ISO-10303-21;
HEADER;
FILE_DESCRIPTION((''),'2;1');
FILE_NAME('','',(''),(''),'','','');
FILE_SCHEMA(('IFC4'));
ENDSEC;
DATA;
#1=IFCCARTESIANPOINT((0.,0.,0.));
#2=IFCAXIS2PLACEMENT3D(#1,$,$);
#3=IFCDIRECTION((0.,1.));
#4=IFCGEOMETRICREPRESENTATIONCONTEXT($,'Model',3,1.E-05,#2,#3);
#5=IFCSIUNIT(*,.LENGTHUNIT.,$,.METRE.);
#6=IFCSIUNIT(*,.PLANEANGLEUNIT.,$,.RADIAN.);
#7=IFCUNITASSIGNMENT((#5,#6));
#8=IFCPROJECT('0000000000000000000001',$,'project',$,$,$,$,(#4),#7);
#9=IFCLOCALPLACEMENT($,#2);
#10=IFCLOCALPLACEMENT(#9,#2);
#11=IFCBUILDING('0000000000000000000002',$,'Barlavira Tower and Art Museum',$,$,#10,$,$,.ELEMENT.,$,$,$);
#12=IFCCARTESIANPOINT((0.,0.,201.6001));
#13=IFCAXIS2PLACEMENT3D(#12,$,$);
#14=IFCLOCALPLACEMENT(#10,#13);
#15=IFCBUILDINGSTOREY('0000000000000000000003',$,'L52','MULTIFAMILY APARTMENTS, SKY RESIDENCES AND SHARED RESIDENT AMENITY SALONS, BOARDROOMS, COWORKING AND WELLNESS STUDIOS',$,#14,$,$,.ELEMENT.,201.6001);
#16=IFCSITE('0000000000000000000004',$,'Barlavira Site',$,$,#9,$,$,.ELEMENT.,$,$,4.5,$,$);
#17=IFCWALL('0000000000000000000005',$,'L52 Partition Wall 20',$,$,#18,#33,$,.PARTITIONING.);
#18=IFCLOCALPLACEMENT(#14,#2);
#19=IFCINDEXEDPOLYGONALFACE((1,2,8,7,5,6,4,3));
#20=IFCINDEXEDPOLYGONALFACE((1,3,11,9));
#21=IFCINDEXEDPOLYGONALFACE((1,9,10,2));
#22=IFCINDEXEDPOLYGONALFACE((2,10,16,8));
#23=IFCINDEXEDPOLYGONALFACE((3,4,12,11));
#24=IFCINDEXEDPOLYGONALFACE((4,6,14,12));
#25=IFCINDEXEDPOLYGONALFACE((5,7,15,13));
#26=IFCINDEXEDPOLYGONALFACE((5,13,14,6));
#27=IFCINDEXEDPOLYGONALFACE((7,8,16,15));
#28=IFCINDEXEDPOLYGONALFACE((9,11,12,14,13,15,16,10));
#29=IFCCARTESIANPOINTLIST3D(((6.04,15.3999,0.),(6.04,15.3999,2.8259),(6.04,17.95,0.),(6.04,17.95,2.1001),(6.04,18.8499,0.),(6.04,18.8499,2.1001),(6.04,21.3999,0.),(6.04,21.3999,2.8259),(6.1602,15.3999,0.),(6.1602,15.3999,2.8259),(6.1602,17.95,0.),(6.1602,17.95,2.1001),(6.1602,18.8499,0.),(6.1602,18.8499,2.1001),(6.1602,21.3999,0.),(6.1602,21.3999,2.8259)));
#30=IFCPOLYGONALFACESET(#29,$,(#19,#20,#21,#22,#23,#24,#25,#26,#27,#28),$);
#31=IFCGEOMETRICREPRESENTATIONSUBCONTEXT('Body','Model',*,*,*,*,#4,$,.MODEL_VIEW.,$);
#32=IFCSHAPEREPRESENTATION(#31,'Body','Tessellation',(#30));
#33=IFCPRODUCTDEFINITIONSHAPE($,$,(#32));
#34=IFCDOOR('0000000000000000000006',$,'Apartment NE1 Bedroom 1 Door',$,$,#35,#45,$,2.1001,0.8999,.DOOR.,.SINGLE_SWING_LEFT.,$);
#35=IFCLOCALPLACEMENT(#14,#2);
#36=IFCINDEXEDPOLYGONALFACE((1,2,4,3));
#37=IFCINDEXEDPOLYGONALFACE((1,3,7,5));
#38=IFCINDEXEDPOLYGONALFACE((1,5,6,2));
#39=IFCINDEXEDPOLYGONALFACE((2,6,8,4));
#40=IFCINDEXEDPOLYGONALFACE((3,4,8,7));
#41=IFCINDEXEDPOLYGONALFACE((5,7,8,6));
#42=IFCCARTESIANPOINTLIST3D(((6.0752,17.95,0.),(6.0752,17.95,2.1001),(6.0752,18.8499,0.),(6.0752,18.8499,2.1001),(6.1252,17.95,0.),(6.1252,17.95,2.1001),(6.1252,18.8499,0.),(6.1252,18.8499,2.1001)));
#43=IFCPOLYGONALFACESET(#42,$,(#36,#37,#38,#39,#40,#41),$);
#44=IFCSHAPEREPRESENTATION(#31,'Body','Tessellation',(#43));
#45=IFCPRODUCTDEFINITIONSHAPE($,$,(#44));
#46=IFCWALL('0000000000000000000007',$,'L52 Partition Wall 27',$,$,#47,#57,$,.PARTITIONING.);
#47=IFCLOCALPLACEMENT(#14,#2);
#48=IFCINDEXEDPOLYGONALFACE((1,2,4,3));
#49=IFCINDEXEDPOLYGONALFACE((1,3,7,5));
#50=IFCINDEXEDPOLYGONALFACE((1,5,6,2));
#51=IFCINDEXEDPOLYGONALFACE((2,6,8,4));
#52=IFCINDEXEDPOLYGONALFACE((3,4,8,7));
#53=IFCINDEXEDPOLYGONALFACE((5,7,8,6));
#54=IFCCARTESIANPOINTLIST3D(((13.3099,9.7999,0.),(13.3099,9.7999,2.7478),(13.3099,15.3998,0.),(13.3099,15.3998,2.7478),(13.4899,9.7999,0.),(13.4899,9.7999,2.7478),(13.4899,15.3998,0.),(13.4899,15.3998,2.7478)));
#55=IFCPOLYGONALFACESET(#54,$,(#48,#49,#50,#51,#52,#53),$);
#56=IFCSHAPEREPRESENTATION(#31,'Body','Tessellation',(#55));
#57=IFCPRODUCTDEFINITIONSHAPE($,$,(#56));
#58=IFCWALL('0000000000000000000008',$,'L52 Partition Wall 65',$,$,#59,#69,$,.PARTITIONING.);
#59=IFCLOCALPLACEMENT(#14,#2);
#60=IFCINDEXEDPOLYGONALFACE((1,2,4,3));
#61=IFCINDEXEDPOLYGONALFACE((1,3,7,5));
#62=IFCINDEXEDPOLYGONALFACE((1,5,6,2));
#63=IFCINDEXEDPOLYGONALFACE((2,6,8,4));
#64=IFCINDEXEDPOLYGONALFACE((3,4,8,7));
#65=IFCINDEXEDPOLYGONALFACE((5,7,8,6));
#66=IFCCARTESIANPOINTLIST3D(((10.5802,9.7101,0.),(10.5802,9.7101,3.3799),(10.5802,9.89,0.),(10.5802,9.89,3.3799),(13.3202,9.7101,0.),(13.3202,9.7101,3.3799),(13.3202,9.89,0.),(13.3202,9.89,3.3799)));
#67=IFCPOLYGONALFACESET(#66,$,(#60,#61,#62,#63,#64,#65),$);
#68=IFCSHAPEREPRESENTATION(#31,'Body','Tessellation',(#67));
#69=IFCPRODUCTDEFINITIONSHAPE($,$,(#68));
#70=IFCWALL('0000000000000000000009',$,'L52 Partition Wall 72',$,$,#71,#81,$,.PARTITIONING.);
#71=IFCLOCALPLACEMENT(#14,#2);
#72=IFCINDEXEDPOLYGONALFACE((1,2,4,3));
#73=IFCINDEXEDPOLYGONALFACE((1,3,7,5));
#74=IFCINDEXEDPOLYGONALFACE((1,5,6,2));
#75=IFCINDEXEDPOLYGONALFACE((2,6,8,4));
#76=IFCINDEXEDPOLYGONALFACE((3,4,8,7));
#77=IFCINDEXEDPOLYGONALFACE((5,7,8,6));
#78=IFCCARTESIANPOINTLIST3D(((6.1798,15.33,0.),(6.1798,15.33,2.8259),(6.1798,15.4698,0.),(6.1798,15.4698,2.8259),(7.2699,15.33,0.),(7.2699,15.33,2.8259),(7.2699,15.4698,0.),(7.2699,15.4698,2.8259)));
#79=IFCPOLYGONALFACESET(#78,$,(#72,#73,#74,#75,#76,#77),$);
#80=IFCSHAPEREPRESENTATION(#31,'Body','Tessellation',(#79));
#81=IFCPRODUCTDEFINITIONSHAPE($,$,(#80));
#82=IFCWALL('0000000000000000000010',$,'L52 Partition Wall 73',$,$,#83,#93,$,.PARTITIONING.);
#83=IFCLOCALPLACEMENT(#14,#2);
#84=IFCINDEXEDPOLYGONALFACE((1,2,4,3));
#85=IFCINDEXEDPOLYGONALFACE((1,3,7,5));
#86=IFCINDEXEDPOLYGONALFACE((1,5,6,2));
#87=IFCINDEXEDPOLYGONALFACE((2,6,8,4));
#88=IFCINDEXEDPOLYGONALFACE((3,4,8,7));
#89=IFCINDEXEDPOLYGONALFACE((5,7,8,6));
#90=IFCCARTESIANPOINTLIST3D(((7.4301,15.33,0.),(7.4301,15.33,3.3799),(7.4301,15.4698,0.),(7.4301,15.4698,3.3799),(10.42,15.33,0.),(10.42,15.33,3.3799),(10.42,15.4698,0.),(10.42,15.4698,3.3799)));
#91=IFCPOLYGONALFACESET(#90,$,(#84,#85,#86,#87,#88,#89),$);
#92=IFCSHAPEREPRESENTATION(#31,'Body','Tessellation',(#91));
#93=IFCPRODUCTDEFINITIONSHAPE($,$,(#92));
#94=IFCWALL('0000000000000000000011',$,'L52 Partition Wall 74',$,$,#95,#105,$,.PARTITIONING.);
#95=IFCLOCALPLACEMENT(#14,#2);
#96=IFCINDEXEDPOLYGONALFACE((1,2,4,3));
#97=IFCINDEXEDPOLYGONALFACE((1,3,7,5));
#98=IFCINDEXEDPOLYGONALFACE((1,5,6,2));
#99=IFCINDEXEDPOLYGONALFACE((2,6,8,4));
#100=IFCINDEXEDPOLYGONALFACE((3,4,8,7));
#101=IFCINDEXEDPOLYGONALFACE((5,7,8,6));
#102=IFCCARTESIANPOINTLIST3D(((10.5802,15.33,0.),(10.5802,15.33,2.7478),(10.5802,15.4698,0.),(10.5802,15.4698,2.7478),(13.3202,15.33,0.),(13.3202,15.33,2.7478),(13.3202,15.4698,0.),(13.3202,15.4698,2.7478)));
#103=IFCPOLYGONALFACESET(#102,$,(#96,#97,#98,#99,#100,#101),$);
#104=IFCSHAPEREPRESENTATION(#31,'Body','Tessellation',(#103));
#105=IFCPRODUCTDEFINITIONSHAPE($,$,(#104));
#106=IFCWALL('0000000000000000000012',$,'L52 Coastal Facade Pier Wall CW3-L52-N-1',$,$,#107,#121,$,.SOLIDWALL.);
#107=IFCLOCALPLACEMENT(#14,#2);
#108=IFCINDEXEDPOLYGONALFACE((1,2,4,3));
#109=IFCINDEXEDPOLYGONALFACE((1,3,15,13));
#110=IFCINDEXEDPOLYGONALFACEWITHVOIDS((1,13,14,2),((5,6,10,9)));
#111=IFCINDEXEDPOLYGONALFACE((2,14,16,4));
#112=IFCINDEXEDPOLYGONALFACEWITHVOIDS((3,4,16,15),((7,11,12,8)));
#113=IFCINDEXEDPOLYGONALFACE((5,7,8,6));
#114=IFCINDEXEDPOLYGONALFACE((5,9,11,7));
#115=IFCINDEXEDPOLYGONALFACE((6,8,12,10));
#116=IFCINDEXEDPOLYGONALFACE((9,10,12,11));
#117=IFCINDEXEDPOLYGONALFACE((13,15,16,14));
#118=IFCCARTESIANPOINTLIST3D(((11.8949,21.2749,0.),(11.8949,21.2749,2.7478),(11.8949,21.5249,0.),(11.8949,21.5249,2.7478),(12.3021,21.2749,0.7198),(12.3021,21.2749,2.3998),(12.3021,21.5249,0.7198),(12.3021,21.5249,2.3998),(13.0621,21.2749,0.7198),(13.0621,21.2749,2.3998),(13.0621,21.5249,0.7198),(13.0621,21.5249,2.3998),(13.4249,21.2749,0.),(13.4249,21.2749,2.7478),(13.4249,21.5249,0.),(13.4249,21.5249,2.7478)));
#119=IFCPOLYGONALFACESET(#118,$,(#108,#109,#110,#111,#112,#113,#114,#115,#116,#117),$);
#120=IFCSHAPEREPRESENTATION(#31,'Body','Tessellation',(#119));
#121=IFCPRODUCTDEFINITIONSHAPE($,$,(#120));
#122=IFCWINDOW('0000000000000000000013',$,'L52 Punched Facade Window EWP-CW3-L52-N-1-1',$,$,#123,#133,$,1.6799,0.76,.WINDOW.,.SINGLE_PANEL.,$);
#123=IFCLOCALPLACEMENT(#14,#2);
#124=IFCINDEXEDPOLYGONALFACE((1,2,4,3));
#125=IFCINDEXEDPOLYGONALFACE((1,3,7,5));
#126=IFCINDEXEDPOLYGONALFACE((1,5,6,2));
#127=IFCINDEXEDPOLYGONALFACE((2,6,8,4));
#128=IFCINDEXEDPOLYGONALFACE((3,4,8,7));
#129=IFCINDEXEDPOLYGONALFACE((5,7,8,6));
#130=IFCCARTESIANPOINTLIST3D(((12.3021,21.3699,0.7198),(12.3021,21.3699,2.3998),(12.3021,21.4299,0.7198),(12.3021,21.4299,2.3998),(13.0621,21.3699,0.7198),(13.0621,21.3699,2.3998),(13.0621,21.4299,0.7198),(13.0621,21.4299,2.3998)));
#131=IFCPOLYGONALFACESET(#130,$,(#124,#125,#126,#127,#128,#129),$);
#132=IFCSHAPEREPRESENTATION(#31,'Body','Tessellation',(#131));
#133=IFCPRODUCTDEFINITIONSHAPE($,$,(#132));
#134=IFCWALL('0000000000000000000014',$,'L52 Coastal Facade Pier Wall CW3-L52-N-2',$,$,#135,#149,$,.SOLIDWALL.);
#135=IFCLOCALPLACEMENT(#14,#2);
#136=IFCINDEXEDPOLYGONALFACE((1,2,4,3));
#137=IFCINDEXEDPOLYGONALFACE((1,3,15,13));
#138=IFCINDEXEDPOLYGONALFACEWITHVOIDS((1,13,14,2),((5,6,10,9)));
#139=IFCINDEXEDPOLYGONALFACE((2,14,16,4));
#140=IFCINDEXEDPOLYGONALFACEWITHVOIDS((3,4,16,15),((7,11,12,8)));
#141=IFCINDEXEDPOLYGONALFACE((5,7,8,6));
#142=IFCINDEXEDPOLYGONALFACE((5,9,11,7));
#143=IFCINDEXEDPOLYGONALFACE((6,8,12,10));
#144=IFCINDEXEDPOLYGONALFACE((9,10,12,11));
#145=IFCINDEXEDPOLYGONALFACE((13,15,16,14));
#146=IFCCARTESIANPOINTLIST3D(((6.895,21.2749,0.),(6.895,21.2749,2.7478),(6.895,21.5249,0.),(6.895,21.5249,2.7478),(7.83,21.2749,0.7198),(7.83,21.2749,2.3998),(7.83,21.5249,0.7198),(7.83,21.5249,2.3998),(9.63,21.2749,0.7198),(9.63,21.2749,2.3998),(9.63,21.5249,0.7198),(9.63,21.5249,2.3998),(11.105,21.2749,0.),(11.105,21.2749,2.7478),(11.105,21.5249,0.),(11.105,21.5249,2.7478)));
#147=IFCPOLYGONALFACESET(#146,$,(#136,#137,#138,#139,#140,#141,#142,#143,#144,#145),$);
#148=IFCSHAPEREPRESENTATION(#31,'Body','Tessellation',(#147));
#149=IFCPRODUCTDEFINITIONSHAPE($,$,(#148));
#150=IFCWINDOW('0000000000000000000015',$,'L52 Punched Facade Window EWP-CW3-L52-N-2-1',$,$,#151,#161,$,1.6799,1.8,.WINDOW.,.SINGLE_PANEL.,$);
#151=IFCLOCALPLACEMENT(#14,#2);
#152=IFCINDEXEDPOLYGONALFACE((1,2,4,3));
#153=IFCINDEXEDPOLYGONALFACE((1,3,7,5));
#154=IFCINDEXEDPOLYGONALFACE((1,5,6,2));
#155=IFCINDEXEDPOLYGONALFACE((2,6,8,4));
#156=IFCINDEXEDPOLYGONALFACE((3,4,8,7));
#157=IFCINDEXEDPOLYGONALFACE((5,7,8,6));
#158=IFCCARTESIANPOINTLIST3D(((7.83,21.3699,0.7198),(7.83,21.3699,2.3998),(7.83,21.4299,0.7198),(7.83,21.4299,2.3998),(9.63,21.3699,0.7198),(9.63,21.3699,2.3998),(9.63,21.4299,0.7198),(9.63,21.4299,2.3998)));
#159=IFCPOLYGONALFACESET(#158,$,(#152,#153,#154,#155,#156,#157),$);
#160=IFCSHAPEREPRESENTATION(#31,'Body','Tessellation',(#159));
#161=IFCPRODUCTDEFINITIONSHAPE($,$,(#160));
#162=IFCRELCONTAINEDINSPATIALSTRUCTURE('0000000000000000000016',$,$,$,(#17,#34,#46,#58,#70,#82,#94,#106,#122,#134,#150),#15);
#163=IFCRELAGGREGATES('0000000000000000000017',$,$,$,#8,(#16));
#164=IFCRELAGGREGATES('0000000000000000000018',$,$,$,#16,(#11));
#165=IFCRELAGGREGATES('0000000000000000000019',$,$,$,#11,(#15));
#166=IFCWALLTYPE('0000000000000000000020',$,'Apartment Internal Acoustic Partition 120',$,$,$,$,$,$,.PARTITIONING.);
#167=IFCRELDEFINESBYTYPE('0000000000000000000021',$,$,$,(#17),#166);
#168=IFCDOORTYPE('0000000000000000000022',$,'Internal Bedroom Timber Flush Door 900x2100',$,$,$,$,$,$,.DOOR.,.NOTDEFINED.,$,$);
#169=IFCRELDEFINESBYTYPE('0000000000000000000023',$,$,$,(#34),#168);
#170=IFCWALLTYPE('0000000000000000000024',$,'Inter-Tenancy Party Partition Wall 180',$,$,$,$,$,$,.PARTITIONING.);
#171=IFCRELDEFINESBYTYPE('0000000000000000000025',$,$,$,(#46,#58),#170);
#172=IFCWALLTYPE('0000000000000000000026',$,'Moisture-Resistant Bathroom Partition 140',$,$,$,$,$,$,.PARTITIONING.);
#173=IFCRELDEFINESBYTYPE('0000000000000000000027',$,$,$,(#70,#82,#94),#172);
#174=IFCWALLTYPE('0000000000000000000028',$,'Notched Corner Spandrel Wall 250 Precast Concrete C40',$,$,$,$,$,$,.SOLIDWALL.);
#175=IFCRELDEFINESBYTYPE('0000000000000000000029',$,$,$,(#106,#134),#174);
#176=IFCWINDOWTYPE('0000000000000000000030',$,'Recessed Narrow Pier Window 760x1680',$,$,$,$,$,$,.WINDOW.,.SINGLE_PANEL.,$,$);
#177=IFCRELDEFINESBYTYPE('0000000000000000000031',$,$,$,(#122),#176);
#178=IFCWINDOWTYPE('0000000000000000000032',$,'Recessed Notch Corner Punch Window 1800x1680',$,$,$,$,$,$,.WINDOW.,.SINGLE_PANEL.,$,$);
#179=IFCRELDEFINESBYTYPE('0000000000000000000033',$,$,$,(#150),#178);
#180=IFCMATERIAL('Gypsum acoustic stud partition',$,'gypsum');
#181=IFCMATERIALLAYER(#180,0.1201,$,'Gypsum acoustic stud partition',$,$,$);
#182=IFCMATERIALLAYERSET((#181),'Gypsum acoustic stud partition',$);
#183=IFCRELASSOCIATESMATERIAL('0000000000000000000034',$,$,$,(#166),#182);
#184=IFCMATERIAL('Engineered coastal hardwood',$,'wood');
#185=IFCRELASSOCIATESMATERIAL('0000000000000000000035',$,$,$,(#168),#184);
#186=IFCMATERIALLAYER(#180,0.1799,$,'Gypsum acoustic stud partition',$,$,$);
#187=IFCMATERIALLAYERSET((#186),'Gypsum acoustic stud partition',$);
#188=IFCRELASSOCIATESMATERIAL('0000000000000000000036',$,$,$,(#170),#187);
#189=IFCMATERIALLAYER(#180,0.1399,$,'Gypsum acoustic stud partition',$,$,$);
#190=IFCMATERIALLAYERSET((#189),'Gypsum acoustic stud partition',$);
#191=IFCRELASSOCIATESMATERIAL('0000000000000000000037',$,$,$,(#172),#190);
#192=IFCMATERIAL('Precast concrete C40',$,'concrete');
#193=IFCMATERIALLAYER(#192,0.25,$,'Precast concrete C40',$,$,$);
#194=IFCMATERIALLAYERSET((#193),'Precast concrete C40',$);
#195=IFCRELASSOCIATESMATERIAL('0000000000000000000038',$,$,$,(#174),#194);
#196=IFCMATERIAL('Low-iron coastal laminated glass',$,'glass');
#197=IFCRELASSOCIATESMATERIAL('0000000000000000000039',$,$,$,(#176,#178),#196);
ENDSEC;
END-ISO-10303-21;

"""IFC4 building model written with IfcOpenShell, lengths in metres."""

from ifc_helpers import new_model, si_unit, direction, frame, frame_2d, origin, place, context, subcontext, project, spatial, rectangle, extrude, material, layer, layer_set, type_object, element, fill, save


model = new_model("IFC4")

# Units and contexts
model_context = context("Model", 3, precision=1e-05, world=origin(), true_north=direction((0.0, 1.0)))
body_context = subcontext(model_context, "Body", "Model", "MODEL_VIEW")
ifc_project = project(units=[si_unit("LENGTHUNIT", "METRE"), si_unit("PLANEANGLEUNIT", "RADIAN")], contexts=[model_context])

# Site, building, storey
site_placement = place(None, origin())
site = spatial("IfcSite", under=ifc_project, at=site_placement, Name="Barlavira Site", CompositionType="ELEMENT", RefElevation=4.5)
building_placement = place(site_placement, origin())
building = spatial("IfcBuilding", under=site, at=building_placement, Name="Barlavira Tower and Art Museum", CompositionType="ELEMENT")
storey_placement = place(building_placement, frame((0.0, 0.0, 201.6001)))
storey = spatial("IfcBuildingStorey", under=building, at=storey_placement, Name="L52", Description="MULTIFAMILY APARTMENTS, SKY RESIDENCES AND SHARED RESIDENT AMENITY SALONS, BOARDROOMS, COWORKING AND WELLNESS STUDIOS", CompositionType="ELEMENT", Elevation=201.6001)

# Wall, opening, door
ifc_material_1 = material(Name="Gypsum acoustic stud partition", Category="gypsum")
ifc_layer_1 = layer(ifc_material_1, 0.1201, Name="Gypsum acoustic stud partition")
ifc_layer_set_1 = layer_set([ifc_layer_1], Name="Gypsum acoustic stud partition")
wall_type_1 = type_object("IfcWallType", Name="Apartment Internal Acoustic Partition 120", PredefinedType="PARTITIONING", material=ifc_layer_set_1)
wall_1_placement = place(storey_placement, frame((6.1001, 15.3999, 0.0), z_axis=(0.0, 0.0, 1.0), x_axis=(0.0, 1.0, 0.0)))
wall_1 = element("IfcWall", 1, at=wall_1_placement, inside=storey, type_object=wall_type_1, Name="L52 Partition Wall 20", PredefinedType="PARTITIONING", context=body_context, shape_type="SweptSolid", body=[
    extrude(rectangle(XDim=6.0, YDim=0.1201, at=frame_2d((3.0, 0.0))), origin(), (0.0, 0.0, 1.0), 2.8259),
])
opening_1_placement = place(wall_1_placement, frame((2.55, 0.0, 0.0)))
opening_1 = element("IfcOpeningElement", 2, at=opening_1_placement, cuts=wall_1, PredefinedType="OPENING", context=body_context, shape_type="SweptSolid", body=[
    extrude(rectangle(XDim=0.8999, YDim=2.1001, at=frame_2d((0.45, 1.05))), frame((0.0, 0.0701, 0.0), z_axis=(0.0, -1.0, 0.0), x_axis=(1.0, 0.0, 0.0)), (0.0, 0.0, 1.0), 0.1401),
])
ifc_material_2 = material(Name="Engineered coastal hardwood", Category="wood")
door_type = type_object("IfcDoorType", Name="Internal Bedroom Timber Flush Door 900x2100", OperationType="NOTDEFINED", PredefinedType="DOOR", material=ifc_material_2)
door_placement = place(opening_1_placement, origin())
door = element("IfcDoor", 3, at=door_placement, inside=storey, type_object=door_type, Name="Apartment NE1 Bedroom 1 Door", OperationType="SINGLE_SWING_LEFT", OverallHeight=2.1001, OverallWidth=0.8999, PredefinedType="DOOR", context=body_context, shape_type="SweptSolid", body=[
    extrude(rectangle(XDim=0.8999, YDim=2.1001, at=frame_2d((0.45, 1.05))), frame((0.0, 0.0249, 0.0), z_axis=(0.0, -1.0, 0.0), x_axis=(1.0, 0.0, 0.0)), (0.0, 0.0, 1.0), 0.05),
])
fill(opening_1, door)

# Walls
ifc_layer_2 = layer(ifc_material_1, 0.1799, Name="Gypsum acoustic stud partition")
ifc_layer_set_2 = layer_set([ifc_layer_2], Name="Gypsum acoustic stud partition")
wall_type_2 = type_object("IfcWallType", Name="Inter-Tenancy Party Partition Wall 180", PredefinedType="PARTITIONING", material=ifc_layer_set_2)
wall_2_placement = place(storey_placement, frame((13.3999, 9.8, 0.0), z_axis=(0.0, 0.0, 1.0), x_axis=(0.0, 1.0, 0.0)))
element("IfcWall", 4, at=wall_2_placement, inside=storey, type_object=wall_type_2, Name="L52 Partition Wall 27", PredefinedType="PARTITIONING", context=body_context, shape_type="SweptSolid", body=[
    extrude(rectangle(XDim=5.5999, YDim=0.1799, at=frame_2d((2.7998, 0.0))), origin(), (0.0, 0.0, 1.0), 2.7478),
])
wall_3_placement = place(storey_placement, frame((10.5801, 9.8, 0.0), z_axis=(0.0, 0.0, 1.0), x_axis=(1.0, 0.0, 0.0)))
element("IfcWall", 5, at=wall_3_placement, inside=storey, type_object=wall_type_2, Name="L52 Partition Wall 65", PredefinedType="PARTITIONING", context=body_context, shape_type="SweptSolid", body=[
    extrude(rectangle(XDim=2.74, YDim=0.1799, at=frame_2d((1.3701, 0.0))), origin(), (0.0, 0.0, 1.0), 3.3799),
])
ifc_layer_3 = layer(ifc_material_1, 0.1399, Name="Gypsum acoustic stud partition")
ifc_layer_set_3 = layer_set([ifc_layer_3], Name="Gypsum acoustic stud partition")
wall_type_3 = type_object("IfcWallType", Name="Moisture-Resistant Bathroom Partition 140", PredefinedType="PARTITIONING", material=ifc_layer_set_3)
wall_4_placement = place(storey_placement, frame((6.1799, 15.3999, 0.0), z_axis=(0.0, 0.0, 1.0), x_axis=(1.0, 0.0, 0.0)))
element("IfcWall", 6, at=wall_4_placement, inside=storey, type_object=wall_type_3, Name="L52 Partition Wall 72", PredefinedType="PARTITIONING", context=body_context, shape_type="SweptSolid", body=[
    extrude(rectangle(XDim=1.0901, YDim=0.1399, at=frame_2d((0.5449, 0.0))), origin(), (0.0, 0.0, 1.0), 2.8259),
])
wall_5_placement = place(storey_placement, frame((7.4299, 15.3999, 0.0), z_axis=(0.0, 0.0, 1.0), x_axis=(1.0, 0.0, 0.0)))
element("IfcWall", 7, at=wall_5_placement, inside=storey, type_object=wall_type_3, Name="L52 Partition Wall 73", PredefinedType="PARTITIONING", context=body_context, shape_type="SweptSolid", body=[
    extrude(rectangle(XDim=2.99, YDim=0.1399, at=frame_2d((1.4951, 0.0))), origin(), (0.0, 0.0, 1.0), 3.3799),
])
wall_6_placement = place(storey_placement, frame((10.5801, 15.3999, 0.0), z_axis=(0.0, 0.0, 1.0), x_axis=(1.0, 0.0, 0.0)))
element("IfcWall", 8, at=wall_6_placement, inside=storey, type_object=wall_type_3, Name="L52 Partition Wall 74", PredefinedType="PARTITIONING", context=body_context, shape_type="SweptSolid", body=[
    extrude(rectangle(XDim=2.74, YDim=0.1399, at=frame_2d((1.3701, 0.0))), origin(), (0.0, 0.0, 1.0), 2.7478),
])

# Walls, openings, windows
ifc_material_3 = material(Name="Precast concrete C40", Category="concrete")
ifc_layer_4 = layer(ifc_material_3, 0.25, Name="Precast concrete C40")
ifc_layer_set_4 = layer_set([ifc_layer_4], Name="Precast concrete C40")
wall_type_4 = type_object("IfcWallType", Name="Notched Corner Spandrel Wall 250 Precast Concrete C40", PredefinedType="SOLIDWALL", material=ifc_layer_set_4)
wall_7_placement = place(storey_placement, frame((13.425, 21.3999, 0.0), z_axis=(0.0, 0.0, 1.0), x_axis=(-1.0, 0.0, 0.0)))
wall_7 = element("IfcWall", 9, at=wall_7_placement, inside=storey, type_object=wall_type_4, Name="L52 Coastal Facade Pier Wall CW3-L52-N-1", PredefinedType="SOLIDWALL", context=body_context, shape_type="SweptSolid", body=[
    extrude(rectangle(XDim=1.53, YDim=0.25, at=frame_2d((0.7651, 0.0))), origin(), (0.0, 0.0, 1.0), 2.7478),
])
opening_2_placement = place(wall_7_placement, frame((0.363, 0.0, 0.72)))
opening_2 = element("IfcOpeningElement", 10, at=opening_2_placement, cuts=wall_7, PredefinedType="OPENING", context=body_context, shape_type="SweptSolid", body=[
    extrude(rectangle(XDim=0.76, YDim=1.6799, at=frame_2d((0.3799, 0.8398))), frame((0.0, 0.135, 0.0), z_axis=(0.0, -1.0, 0.0), x_axis=(1.0, 0.0, 0.0)), (0.0, 0.0, 1.0), 0.27),
])
ifc_material_4 = material(Name="Low-iron coastal laminated glass", Category="glass")
window_type_1 = type_object("IfcWindowType", Name="Recessed Narrow Pier Window 760x1680", PartitioningType="SINGLE_PANEL", PredefinedType="WINDOW", material=ifc_material_4)
window_1_placement = place(opening_2_placement, origin())
window_1 = element("IfcWindow", 11, at=window_1_placement, inside=storey, type_object=window_type_1, Name="L52 Punched Facade Window EWP-CW3-L52-N-1-1", OverallHeight=1.6799, OverallWidth=0.76, PartitioningType="SINGLE_PANEL", PredefinedType="WINDOW", context=body_context, shape_type="SweptSolid", body=[
    extrude(rectangle(XDim=0.76, YDim=1.6799, at=frame_2d((0.3799, 0.8398))), frame((0.0, 0.03, 0.0), z_axis=(0.0, -1.0, 0.0), x_axis=(1.0, 0.0, 0.0)), (0.0, 0.0, 1.0), 0.0601),
])
fill(opening_2, window_1)
wall_8_placement = place(storey_placement, frame((11.105, 21.3999, 0.0), z_axis=(0.0, 0.0, 1.0), x_axis=(-1.0, 0.0, 0.0)))
wall_8 = element("IfcWall", 12, at=wall_8_placement, inside=storey, type_object=wall_type_4, Name="L52 Coastal Facade Pier Wall CW3-L52-N-2", PredefinedType="SOLIDWALL", context=body_context, shape_type="SweptSolid", body=[
    extrude(rectangle(XDim=4.21, YDim=0.25, at=frame_2d((2.105, 0.0))), origin(), (0.0, 0.0, 1.0), 2.7478),
])
opening_3_placement = place(wall_8_placement, frame((1.4751, 0.0, 0.72)))
opening_3 = element("IfcOpeningElement", 13, at=opening_3_placement, cuts=wall_8, PredefinedType="OPENING", context=body_context, shape_type="SweptSolid", body=[
    extrude(rectangle(XDim=1.8, YDim=1.6799, at=frame_2d((0.8999, 0.8398))), frame((0.0, 0.135, 0.0), z_axis=(0.0, -1.0, 0.0), x_axis=(1.0, 0.0, 0.0)), (0.0, 0.0, 1.0), 0.27),
])
window_type_2 = type_object("IfcWindowType", Name="Recessed Notch Corner Punch Window 1800x1680", PartitioningType="SINGLE_PANEL", PredefinedType="WINDOW", material=ifc_material_4)
window_2_placement = place(opening_3_placement, origin())
window_2 = element("IfcWindow", 14, at=window_2_placement, inside=storey, type_object=window_type_2, Name="L52 Punched Facade Window EWP-CW3-L52-N-2-1", OverallHeight=1.6799, OverallWidth=1.8, PartitioningType="SINGLE_PANEL", PredefinedType="WINDOW", context=body_context, shape_type="SweptSolid", body=[
    extrude(rectangle(XDim=1.8, YDim=1.6799, at=frame_2d((0.8999, 0.8398))), frame((0.0, 0.03, 0.0), z_axis=(0.0, -1.0, 0.0), x_axis=(1.0, 0.0, 0.0)), (0.0, 0.0, 1.0), 0.0601),
])
fill(opening_3, window_2)

save(model, "model.ifc")
